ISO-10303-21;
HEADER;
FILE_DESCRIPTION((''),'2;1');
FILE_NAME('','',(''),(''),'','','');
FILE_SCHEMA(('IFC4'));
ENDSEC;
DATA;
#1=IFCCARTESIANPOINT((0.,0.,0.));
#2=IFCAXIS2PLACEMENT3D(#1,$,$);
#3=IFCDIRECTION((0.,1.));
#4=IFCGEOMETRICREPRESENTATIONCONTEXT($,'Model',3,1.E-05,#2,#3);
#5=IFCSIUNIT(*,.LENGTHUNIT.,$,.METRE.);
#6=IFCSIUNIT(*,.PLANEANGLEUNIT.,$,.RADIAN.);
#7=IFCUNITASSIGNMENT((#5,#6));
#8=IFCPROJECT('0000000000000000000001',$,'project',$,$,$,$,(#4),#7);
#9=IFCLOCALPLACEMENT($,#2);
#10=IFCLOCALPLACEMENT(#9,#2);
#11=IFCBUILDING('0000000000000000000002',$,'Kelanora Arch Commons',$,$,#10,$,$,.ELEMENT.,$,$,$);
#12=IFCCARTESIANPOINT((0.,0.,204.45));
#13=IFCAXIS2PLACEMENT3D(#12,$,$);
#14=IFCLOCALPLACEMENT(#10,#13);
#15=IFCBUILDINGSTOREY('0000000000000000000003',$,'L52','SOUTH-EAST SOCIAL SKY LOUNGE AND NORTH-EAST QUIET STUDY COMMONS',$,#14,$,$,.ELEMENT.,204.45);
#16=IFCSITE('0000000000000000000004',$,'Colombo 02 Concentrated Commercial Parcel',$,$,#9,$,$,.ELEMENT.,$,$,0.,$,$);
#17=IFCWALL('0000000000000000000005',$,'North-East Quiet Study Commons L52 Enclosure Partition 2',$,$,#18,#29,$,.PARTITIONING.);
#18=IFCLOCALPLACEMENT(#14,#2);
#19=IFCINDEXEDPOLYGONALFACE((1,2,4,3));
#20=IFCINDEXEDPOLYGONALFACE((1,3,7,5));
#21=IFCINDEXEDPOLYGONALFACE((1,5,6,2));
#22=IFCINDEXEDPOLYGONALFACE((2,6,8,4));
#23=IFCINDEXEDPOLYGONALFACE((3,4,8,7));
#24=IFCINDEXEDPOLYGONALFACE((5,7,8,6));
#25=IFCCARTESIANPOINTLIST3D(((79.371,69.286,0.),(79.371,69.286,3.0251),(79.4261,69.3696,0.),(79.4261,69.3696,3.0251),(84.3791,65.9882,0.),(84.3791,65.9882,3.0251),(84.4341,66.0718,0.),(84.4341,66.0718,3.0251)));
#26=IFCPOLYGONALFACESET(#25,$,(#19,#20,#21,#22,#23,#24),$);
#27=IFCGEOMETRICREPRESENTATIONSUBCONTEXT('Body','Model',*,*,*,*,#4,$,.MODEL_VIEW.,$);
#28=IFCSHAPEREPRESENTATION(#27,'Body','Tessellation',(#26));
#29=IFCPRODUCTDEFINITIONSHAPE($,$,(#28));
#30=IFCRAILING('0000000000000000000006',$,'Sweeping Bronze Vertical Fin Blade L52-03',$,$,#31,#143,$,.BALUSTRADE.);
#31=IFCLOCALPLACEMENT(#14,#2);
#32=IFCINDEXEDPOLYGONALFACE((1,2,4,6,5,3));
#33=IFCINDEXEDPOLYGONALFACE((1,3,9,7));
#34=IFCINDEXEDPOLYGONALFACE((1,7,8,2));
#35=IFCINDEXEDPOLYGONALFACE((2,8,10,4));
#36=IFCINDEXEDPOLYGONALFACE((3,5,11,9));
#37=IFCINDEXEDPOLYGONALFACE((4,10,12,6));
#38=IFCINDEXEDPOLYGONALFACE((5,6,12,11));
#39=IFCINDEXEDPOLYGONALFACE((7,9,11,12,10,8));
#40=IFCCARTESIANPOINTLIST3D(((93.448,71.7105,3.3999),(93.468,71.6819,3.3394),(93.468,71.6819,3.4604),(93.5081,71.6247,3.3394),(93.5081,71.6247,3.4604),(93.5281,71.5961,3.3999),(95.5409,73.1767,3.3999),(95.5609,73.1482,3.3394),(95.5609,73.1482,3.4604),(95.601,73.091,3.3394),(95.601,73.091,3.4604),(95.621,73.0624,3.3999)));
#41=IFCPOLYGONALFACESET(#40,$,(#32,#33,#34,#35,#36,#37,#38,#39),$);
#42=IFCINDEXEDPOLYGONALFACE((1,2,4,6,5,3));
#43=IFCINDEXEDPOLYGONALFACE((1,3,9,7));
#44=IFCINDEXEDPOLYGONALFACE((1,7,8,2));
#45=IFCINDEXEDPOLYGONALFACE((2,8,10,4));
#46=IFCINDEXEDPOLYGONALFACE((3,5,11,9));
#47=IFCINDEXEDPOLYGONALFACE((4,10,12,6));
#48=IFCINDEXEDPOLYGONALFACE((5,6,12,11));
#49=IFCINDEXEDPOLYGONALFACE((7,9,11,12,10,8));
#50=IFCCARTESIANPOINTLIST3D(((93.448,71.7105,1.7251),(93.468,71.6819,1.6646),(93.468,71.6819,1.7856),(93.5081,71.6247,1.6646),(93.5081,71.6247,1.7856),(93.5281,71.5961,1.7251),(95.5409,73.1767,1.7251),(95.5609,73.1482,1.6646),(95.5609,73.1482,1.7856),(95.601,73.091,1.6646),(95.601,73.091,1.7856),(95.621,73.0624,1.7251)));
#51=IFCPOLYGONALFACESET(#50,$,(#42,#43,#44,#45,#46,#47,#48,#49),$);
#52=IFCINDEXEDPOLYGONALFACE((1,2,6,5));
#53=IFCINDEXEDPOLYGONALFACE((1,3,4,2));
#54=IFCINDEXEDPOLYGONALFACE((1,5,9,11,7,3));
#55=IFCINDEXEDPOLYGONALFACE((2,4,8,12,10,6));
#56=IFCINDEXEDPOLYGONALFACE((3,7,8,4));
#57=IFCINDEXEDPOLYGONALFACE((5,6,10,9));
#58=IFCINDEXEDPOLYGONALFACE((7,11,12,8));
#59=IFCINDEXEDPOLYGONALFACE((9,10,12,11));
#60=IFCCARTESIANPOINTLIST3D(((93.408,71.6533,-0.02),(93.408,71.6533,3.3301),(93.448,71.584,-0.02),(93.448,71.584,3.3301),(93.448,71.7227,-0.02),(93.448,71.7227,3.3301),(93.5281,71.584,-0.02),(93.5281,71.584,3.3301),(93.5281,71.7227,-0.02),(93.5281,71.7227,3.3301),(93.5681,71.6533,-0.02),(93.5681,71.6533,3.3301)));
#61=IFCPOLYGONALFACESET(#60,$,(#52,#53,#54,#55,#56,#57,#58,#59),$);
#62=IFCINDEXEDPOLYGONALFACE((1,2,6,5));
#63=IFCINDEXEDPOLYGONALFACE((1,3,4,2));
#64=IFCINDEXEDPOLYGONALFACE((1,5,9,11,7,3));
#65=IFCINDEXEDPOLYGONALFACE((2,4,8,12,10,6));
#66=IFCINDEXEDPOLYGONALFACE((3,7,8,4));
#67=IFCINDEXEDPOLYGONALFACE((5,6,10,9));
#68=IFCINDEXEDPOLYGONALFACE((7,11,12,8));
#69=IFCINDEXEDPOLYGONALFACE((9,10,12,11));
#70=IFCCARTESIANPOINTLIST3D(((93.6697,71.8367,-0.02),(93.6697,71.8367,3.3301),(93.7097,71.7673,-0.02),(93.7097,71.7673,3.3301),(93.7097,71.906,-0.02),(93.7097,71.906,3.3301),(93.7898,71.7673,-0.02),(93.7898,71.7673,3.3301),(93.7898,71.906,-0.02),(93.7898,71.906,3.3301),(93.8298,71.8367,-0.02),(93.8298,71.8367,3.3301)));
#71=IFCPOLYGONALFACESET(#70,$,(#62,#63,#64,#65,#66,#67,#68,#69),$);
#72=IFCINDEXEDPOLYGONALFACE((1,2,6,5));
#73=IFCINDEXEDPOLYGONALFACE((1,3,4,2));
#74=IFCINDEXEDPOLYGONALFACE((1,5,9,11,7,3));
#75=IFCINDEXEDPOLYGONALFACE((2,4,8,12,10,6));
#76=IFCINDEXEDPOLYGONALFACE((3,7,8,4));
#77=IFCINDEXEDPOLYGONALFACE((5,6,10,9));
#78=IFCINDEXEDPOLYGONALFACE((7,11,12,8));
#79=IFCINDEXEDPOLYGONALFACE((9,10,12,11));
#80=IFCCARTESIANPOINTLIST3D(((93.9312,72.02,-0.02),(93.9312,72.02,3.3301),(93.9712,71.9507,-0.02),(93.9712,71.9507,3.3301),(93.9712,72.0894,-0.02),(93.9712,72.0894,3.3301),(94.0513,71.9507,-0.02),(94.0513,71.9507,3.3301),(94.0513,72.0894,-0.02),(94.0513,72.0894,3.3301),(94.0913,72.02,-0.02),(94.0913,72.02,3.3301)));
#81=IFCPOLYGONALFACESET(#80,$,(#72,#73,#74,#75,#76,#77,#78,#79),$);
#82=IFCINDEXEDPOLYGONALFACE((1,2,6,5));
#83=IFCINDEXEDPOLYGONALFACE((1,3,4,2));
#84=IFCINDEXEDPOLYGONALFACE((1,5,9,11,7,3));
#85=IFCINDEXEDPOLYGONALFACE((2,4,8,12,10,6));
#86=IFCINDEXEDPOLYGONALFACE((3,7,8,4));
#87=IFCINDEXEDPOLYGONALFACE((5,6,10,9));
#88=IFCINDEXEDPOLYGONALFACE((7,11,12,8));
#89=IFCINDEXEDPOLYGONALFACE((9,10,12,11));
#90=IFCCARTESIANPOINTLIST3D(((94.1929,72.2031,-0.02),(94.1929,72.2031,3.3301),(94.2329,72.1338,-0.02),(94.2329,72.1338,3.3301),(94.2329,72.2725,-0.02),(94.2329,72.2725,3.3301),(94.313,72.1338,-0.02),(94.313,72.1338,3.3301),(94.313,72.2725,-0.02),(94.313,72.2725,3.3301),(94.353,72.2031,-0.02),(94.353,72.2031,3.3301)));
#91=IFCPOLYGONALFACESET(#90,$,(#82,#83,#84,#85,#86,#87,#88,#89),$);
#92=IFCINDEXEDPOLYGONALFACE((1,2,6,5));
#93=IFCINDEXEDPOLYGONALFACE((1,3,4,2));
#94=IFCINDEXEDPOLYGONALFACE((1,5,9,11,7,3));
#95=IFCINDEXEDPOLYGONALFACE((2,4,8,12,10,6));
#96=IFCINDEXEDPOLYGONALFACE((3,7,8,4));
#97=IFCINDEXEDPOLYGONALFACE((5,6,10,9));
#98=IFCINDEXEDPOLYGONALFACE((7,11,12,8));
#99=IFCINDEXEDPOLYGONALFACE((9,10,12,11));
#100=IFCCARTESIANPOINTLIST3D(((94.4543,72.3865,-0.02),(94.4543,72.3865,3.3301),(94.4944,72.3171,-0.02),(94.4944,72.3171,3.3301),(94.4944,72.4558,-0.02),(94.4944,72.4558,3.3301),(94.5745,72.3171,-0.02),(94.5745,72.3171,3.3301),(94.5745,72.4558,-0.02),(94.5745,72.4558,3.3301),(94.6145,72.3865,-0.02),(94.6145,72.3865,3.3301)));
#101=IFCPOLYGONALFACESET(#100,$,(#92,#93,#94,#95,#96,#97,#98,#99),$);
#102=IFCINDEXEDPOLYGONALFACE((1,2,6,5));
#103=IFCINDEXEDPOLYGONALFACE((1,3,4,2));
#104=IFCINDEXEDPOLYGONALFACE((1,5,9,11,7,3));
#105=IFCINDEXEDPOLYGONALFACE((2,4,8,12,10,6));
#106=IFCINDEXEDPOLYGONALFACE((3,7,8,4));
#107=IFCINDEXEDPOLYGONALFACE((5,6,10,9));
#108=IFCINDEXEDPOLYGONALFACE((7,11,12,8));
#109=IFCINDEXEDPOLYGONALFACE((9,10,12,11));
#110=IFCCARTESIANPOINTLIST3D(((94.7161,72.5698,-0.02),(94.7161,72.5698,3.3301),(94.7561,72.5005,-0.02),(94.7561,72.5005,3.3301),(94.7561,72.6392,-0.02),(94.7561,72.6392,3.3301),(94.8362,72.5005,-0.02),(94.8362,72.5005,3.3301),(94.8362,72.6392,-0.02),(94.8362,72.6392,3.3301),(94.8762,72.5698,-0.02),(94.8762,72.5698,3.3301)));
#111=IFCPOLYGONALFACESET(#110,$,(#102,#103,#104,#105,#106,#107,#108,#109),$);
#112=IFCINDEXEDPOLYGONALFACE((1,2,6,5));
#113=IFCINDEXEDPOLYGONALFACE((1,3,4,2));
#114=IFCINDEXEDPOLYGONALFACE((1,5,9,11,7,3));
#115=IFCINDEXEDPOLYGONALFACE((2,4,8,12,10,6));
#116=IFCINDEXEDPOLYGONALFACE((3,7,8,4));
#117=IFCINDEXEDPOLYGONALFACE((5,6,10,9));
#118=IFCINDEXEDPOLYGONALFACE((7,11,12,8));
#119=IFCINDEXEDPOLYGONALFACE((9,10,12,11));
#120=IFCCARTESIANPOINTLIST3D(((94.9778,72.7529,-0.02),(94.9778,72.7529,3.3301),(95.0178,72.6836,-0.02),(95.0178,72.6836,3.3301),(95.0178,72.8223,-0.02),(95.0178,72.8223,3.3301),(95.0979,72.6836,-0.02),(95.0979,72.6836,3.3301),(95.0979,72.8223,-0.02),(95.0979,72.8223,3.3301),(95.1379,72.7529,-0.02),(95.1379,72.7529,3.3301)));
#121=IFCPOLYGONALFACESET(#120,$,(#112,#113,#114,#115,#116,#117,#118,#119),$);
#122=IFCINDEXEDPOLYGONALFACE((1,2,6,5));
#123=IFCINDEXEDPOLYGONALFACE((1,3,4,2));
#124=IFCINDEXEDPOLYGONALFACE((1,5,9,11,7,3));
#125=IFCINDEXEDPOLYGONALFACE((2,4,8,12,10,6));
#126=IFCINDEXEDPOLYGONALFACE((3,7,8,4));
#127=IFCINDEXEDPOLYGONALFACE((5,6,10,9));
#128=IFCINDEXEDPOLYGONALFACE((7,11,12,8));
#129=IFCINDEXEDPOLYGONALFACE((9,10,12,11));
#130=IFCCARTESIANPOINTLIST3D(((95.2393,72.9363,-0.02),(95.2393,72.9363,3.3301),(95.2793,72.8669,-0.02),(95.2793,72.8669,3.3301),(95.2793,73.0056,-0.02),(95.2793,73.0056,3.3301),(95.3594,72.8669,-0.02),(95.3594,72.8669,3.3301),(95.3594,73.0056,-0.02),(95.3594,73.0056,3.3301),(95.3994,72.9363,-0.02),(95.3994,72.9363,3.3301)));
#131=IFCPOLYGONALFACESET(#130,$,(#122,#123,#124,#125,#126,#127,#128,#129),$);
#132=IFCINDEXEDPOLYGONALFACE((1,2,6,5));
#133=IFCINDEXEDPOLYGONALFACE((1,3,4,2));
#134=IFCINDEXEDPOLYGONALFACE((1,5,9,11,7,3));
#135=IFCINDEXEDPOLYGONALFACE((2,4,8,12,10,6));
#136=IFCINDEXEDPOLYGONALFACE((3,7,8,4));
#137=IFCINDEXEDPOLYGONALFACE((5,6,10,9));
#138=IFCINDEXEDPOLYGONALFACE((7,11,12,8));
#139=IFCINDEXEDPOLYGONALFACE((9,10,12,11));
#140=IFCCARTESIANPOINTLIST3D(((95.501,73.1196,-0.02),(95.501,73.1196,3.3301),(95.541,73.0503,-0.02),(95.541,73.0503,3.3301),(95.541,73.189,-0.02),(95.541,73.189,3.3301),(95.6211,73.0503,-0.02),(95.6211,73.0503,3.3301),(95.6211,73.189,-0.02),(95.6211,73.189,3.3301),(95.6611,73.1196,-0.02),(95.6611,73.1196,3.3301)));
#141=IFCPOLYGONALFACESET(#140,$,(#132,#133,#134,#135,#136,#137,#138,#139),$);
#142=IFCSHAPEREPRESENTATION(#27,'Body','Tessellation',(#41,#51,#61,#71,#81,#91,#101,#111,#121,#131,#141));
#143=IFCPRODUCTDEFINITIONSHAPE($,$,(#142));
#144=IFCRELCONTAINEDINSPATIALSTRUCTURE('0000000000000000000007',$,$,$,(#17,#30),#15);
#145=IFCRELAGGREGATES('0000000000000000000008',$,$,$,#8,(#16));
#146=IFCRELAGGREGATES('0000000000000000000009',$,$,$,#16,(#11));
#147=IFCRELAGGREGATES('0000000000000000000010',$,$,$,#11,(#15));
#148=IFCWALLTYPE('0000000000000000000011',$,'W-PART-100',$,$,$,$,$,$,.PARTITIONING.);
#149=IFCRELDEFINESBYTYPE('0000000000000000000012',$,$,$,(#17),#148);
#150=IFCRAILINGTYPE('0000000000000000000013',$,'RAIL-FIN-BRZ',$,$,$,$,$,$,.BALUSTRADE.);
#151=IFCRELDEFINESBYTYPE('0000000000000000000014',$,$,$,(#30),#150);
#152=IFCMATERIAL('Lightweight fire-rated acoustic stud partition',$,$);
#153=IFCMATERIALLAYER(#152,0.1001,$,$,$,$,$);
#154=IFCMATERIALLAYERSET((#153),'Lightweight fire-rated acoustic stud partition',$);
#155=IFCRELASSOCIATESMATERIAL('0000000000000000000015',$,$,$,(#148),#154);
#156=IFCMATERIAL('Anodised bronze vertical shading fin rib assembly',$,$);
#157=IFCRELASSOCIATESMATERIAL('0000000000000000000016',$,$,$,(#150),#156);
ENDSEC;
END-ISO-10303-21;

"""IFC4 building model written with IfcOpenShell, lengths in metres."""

from ifc_helpers import new_model, si_unit, direction, frame, frame_2d, origin, place, context, subcontext, project, spatial, polyline, rectangle, outline, extrude, material, layer, layer_set, type_object, element, save


model = new_model("IFC4")

# Units and contexts
model_context = context("Model", 3, precision=1e-05, world=origin(), true_north=direction((0.0, 1.0)))
body_context = subcontext(model_context, "Body", "Model", "MODEL_VIEW")
ifc_project = project(units=[si_unit("LENGTHUNIT", "METRE"), si_unit("PLANEANGLEUNIT", "RADIAN")], contexts=[model_context])

# Site, building, storey
site_placement = place(None, origin())
site = spatial("IfcSite", under=ifc_project, at=site_placement, Name="Colombo 02 Concentrated Commercial Parcel", CompositionType="ELEMENT", RefElevation=0.0)
building_placement = place(site_placement, origin())
building = spatial("IfcBuilding", under=site, at=building_placement, Name="Kelanora Arch Commons", CompositionType="ELEMENT")
storey_placement = place(building_placement, frame((0.0, 0.0, 204.45)))
storey = spatial("IfcBuildingStorey", under=building, at=storey_placement, Name="L52", Description="SOUTH-EAST SOCIAL SKY LOUNGE AND NORTH-EAST QUIET STUDY COMMONS", CompositionType="ELEMENT", Elevation=204.45)

# Wall
ifc_material_1 = material(Name="Lightweight fire-rated acoustic stud partition")
ifc_layer_1 = layer(ifc_material_1, 0.1001)
ifc_layer_set_1 = layer_set([ifc_layer_1], Name="Lightweight fire-rated acoustic stud partition")
wall_type_1 = type_object("IfcWallType", Name="W-PART-100", PredefinedType="PARTITIONING", material=ifc_layer_set_1)
wall_1_placement = place(storey_placement, frame((84.4065, 66.03, 0.0), z_axis=(0.0, 0.0, 1.0), x_axis=(-0.835181, 0.549975, 0.0)))
element("IfcWall", 1, at=wall_1_placement, inside=storey, type_object=wall_type_1, Name="North-East Quiet Study Commons L52 Enclosure Partition 2", PredefinedType="PARTITIONING", context=body_context, shape_type="SweptSolid", body=[
    extrude(rectangle(XDim=5.9963, YDim=0.1001, at=frame_2d((2.998, 0.0))), origin(), (0.0, 0.0, 1.0), 3.0251),
])

# Railing
ifc_material_2 = material(Name="Anodised bronze vertical shading fin rib assembly")
railing_type = type_object("IfcRailingType", Name="RAIL-FIN-BRZ", PredefinedType="BALUSTRADE", material=ifc_material_2)
railing_1_placement = place(storey_placement, frame((93.488, 71.6533, -0.02)))
element("IfcRailing", 2, at=railing_1_placement, inside=storey, type_object=railing_type, Name="Sweeping Bronze Vertical Fin Blade L52-03", PredefinedType="BALUSTRADE", context=body_context, shape_type="SweptSolid", body=[
    extrude(outline(polyline([(0.0698, 0.0), (0.0349, 0.0605), (-0.0349, 0.0605), (-0.0698, 0.0), (-0.0349, -0.0605), (0.0349, -0.0605), (0.0698, 0.0)])), frame((0.0, 0.0, 3.4199), z_axis=(0.819012, 0.573776, 0.0), x_axis=(-0.573776, 0.819012, 0.0)), (0.0, 0.0, 1.0), 2.5554),
    extrude(outline(polyline([(0.0698, 0.0), (0.0349, 0.0605), (-0.0349, 0.0605), (-0.0698, 0.0), (-0.0349, -0.0605), (0.0349, -0.0605), (0.0698, 0.0)])), frame((0.0, 0.0, 1.7451), z_axis=(0.819012, 0.573776, 0.0), x_axis=(-0.573776, 0.819012, 0.0)), (0.0, 0.0, 1.0), 2.5554),
    extrude(outline(polyline([(0.0801, 0.0), (0.04, 0.0693), (-0.04, 0.0693), (-0.0801, 0.0), (-0.04, -0.0693), (0.04, -0.0693), (0.0801, 0.0)])), origin(), (0.0, 0.0, 1.0), 3.3501),
    extrude(outline(polyline([(0.0801, 0.0), (0.04, 0.0693), (-0.04, 0.0693), (-0.0801, 0.0), (-0.04, -0.0693), (0.04, -0.0693), (0.0801, 0.0)])), frame((0.2617, 0.1833, 0.0)), (0.0, 0.0, 1.0), 3.3501),
    extrude(outline(polyline([(0.0801, 0.0), (0.04, 0.0693), (-0.04, 0.0693), (-0.0801, 0.0), (-0.04, -0.0693), (0.04, -0.0693), (0.0801, 0.0)])), frame((0.5232, 0.3667, 0.0)), (0.0, 0.0, 1.0), 3.3501),
    extrude(outline(polyline([(0.0801, 0.0), (0.04, 0.0693), (-0.04, 0.0693), (-0.0801, 0.0), (-0.04, -0.0693), (0.04, -0.0693), (0.0801, 0.0)])), frame((0.7849, 0.5498, 0.0)), (0.0, 0.0, 1.0), 3.3501),
    extrude(outline(polyline([(0.0801, 0.0), (0.04, 0.0693), (-0.04, 0.0693), (-0.0801, 0.0), (-0.04, -0.0693), (0.04, -0.0693), (0.0801, 0.0)])), frame((1.0464, 0.7332, 0.0)), (0.0, 0.0, 1.0), 3.3501),
    extrude(outline(polyline([(0.0801, 0.0), (0.04, 0.0693), (-0.04, 0.0693), (-0.0801, 0.0), (-0.04, -0.0693), (0.04, -0.0693), (0.0801, 0.0)])), frame((1.3081, 0.9165, 0.0)), (0.0, 0.0, 1.0), 3.3501),
    extrude(outline(polyline([(0.0801, 0.0), (0.04, 0.0693), (-0.04, 0.0693), (-0.0801, 0.0), (-0.04, -0.0693), (0.04, -0.0693), (0.0801, 0.0)])), frame((1.5698, 1.0996, 0.0)), (0.0, 0.0, 1.0), 3.3501),
    extrude(outline(polyline([(0.0801, 0.0), (0.04, 0.0693), (-0.04, 0.0693), (-0.0801, 0.0), (-0.04, -0.0693), (0.04, -0.0693), (0.0801, 0.0)])), frame((1.8313, 1.283, 0.0)), (0.0, 0.0, 1.0), 3.3501),
    extrude(outline(polyline([(0.0801, 0.0), (0.04, 0.0693), (-0.04, 0.0693), (-0.0801, 0.0), (-0.04, -0.0693), (0.04, -0.0693), (0.0801, 0.0)])), frame((2.093, 1.4663, 0.0)), (0.0, 0.0, 1.0), 3.3501),
])

save(model, "model.ifc")
